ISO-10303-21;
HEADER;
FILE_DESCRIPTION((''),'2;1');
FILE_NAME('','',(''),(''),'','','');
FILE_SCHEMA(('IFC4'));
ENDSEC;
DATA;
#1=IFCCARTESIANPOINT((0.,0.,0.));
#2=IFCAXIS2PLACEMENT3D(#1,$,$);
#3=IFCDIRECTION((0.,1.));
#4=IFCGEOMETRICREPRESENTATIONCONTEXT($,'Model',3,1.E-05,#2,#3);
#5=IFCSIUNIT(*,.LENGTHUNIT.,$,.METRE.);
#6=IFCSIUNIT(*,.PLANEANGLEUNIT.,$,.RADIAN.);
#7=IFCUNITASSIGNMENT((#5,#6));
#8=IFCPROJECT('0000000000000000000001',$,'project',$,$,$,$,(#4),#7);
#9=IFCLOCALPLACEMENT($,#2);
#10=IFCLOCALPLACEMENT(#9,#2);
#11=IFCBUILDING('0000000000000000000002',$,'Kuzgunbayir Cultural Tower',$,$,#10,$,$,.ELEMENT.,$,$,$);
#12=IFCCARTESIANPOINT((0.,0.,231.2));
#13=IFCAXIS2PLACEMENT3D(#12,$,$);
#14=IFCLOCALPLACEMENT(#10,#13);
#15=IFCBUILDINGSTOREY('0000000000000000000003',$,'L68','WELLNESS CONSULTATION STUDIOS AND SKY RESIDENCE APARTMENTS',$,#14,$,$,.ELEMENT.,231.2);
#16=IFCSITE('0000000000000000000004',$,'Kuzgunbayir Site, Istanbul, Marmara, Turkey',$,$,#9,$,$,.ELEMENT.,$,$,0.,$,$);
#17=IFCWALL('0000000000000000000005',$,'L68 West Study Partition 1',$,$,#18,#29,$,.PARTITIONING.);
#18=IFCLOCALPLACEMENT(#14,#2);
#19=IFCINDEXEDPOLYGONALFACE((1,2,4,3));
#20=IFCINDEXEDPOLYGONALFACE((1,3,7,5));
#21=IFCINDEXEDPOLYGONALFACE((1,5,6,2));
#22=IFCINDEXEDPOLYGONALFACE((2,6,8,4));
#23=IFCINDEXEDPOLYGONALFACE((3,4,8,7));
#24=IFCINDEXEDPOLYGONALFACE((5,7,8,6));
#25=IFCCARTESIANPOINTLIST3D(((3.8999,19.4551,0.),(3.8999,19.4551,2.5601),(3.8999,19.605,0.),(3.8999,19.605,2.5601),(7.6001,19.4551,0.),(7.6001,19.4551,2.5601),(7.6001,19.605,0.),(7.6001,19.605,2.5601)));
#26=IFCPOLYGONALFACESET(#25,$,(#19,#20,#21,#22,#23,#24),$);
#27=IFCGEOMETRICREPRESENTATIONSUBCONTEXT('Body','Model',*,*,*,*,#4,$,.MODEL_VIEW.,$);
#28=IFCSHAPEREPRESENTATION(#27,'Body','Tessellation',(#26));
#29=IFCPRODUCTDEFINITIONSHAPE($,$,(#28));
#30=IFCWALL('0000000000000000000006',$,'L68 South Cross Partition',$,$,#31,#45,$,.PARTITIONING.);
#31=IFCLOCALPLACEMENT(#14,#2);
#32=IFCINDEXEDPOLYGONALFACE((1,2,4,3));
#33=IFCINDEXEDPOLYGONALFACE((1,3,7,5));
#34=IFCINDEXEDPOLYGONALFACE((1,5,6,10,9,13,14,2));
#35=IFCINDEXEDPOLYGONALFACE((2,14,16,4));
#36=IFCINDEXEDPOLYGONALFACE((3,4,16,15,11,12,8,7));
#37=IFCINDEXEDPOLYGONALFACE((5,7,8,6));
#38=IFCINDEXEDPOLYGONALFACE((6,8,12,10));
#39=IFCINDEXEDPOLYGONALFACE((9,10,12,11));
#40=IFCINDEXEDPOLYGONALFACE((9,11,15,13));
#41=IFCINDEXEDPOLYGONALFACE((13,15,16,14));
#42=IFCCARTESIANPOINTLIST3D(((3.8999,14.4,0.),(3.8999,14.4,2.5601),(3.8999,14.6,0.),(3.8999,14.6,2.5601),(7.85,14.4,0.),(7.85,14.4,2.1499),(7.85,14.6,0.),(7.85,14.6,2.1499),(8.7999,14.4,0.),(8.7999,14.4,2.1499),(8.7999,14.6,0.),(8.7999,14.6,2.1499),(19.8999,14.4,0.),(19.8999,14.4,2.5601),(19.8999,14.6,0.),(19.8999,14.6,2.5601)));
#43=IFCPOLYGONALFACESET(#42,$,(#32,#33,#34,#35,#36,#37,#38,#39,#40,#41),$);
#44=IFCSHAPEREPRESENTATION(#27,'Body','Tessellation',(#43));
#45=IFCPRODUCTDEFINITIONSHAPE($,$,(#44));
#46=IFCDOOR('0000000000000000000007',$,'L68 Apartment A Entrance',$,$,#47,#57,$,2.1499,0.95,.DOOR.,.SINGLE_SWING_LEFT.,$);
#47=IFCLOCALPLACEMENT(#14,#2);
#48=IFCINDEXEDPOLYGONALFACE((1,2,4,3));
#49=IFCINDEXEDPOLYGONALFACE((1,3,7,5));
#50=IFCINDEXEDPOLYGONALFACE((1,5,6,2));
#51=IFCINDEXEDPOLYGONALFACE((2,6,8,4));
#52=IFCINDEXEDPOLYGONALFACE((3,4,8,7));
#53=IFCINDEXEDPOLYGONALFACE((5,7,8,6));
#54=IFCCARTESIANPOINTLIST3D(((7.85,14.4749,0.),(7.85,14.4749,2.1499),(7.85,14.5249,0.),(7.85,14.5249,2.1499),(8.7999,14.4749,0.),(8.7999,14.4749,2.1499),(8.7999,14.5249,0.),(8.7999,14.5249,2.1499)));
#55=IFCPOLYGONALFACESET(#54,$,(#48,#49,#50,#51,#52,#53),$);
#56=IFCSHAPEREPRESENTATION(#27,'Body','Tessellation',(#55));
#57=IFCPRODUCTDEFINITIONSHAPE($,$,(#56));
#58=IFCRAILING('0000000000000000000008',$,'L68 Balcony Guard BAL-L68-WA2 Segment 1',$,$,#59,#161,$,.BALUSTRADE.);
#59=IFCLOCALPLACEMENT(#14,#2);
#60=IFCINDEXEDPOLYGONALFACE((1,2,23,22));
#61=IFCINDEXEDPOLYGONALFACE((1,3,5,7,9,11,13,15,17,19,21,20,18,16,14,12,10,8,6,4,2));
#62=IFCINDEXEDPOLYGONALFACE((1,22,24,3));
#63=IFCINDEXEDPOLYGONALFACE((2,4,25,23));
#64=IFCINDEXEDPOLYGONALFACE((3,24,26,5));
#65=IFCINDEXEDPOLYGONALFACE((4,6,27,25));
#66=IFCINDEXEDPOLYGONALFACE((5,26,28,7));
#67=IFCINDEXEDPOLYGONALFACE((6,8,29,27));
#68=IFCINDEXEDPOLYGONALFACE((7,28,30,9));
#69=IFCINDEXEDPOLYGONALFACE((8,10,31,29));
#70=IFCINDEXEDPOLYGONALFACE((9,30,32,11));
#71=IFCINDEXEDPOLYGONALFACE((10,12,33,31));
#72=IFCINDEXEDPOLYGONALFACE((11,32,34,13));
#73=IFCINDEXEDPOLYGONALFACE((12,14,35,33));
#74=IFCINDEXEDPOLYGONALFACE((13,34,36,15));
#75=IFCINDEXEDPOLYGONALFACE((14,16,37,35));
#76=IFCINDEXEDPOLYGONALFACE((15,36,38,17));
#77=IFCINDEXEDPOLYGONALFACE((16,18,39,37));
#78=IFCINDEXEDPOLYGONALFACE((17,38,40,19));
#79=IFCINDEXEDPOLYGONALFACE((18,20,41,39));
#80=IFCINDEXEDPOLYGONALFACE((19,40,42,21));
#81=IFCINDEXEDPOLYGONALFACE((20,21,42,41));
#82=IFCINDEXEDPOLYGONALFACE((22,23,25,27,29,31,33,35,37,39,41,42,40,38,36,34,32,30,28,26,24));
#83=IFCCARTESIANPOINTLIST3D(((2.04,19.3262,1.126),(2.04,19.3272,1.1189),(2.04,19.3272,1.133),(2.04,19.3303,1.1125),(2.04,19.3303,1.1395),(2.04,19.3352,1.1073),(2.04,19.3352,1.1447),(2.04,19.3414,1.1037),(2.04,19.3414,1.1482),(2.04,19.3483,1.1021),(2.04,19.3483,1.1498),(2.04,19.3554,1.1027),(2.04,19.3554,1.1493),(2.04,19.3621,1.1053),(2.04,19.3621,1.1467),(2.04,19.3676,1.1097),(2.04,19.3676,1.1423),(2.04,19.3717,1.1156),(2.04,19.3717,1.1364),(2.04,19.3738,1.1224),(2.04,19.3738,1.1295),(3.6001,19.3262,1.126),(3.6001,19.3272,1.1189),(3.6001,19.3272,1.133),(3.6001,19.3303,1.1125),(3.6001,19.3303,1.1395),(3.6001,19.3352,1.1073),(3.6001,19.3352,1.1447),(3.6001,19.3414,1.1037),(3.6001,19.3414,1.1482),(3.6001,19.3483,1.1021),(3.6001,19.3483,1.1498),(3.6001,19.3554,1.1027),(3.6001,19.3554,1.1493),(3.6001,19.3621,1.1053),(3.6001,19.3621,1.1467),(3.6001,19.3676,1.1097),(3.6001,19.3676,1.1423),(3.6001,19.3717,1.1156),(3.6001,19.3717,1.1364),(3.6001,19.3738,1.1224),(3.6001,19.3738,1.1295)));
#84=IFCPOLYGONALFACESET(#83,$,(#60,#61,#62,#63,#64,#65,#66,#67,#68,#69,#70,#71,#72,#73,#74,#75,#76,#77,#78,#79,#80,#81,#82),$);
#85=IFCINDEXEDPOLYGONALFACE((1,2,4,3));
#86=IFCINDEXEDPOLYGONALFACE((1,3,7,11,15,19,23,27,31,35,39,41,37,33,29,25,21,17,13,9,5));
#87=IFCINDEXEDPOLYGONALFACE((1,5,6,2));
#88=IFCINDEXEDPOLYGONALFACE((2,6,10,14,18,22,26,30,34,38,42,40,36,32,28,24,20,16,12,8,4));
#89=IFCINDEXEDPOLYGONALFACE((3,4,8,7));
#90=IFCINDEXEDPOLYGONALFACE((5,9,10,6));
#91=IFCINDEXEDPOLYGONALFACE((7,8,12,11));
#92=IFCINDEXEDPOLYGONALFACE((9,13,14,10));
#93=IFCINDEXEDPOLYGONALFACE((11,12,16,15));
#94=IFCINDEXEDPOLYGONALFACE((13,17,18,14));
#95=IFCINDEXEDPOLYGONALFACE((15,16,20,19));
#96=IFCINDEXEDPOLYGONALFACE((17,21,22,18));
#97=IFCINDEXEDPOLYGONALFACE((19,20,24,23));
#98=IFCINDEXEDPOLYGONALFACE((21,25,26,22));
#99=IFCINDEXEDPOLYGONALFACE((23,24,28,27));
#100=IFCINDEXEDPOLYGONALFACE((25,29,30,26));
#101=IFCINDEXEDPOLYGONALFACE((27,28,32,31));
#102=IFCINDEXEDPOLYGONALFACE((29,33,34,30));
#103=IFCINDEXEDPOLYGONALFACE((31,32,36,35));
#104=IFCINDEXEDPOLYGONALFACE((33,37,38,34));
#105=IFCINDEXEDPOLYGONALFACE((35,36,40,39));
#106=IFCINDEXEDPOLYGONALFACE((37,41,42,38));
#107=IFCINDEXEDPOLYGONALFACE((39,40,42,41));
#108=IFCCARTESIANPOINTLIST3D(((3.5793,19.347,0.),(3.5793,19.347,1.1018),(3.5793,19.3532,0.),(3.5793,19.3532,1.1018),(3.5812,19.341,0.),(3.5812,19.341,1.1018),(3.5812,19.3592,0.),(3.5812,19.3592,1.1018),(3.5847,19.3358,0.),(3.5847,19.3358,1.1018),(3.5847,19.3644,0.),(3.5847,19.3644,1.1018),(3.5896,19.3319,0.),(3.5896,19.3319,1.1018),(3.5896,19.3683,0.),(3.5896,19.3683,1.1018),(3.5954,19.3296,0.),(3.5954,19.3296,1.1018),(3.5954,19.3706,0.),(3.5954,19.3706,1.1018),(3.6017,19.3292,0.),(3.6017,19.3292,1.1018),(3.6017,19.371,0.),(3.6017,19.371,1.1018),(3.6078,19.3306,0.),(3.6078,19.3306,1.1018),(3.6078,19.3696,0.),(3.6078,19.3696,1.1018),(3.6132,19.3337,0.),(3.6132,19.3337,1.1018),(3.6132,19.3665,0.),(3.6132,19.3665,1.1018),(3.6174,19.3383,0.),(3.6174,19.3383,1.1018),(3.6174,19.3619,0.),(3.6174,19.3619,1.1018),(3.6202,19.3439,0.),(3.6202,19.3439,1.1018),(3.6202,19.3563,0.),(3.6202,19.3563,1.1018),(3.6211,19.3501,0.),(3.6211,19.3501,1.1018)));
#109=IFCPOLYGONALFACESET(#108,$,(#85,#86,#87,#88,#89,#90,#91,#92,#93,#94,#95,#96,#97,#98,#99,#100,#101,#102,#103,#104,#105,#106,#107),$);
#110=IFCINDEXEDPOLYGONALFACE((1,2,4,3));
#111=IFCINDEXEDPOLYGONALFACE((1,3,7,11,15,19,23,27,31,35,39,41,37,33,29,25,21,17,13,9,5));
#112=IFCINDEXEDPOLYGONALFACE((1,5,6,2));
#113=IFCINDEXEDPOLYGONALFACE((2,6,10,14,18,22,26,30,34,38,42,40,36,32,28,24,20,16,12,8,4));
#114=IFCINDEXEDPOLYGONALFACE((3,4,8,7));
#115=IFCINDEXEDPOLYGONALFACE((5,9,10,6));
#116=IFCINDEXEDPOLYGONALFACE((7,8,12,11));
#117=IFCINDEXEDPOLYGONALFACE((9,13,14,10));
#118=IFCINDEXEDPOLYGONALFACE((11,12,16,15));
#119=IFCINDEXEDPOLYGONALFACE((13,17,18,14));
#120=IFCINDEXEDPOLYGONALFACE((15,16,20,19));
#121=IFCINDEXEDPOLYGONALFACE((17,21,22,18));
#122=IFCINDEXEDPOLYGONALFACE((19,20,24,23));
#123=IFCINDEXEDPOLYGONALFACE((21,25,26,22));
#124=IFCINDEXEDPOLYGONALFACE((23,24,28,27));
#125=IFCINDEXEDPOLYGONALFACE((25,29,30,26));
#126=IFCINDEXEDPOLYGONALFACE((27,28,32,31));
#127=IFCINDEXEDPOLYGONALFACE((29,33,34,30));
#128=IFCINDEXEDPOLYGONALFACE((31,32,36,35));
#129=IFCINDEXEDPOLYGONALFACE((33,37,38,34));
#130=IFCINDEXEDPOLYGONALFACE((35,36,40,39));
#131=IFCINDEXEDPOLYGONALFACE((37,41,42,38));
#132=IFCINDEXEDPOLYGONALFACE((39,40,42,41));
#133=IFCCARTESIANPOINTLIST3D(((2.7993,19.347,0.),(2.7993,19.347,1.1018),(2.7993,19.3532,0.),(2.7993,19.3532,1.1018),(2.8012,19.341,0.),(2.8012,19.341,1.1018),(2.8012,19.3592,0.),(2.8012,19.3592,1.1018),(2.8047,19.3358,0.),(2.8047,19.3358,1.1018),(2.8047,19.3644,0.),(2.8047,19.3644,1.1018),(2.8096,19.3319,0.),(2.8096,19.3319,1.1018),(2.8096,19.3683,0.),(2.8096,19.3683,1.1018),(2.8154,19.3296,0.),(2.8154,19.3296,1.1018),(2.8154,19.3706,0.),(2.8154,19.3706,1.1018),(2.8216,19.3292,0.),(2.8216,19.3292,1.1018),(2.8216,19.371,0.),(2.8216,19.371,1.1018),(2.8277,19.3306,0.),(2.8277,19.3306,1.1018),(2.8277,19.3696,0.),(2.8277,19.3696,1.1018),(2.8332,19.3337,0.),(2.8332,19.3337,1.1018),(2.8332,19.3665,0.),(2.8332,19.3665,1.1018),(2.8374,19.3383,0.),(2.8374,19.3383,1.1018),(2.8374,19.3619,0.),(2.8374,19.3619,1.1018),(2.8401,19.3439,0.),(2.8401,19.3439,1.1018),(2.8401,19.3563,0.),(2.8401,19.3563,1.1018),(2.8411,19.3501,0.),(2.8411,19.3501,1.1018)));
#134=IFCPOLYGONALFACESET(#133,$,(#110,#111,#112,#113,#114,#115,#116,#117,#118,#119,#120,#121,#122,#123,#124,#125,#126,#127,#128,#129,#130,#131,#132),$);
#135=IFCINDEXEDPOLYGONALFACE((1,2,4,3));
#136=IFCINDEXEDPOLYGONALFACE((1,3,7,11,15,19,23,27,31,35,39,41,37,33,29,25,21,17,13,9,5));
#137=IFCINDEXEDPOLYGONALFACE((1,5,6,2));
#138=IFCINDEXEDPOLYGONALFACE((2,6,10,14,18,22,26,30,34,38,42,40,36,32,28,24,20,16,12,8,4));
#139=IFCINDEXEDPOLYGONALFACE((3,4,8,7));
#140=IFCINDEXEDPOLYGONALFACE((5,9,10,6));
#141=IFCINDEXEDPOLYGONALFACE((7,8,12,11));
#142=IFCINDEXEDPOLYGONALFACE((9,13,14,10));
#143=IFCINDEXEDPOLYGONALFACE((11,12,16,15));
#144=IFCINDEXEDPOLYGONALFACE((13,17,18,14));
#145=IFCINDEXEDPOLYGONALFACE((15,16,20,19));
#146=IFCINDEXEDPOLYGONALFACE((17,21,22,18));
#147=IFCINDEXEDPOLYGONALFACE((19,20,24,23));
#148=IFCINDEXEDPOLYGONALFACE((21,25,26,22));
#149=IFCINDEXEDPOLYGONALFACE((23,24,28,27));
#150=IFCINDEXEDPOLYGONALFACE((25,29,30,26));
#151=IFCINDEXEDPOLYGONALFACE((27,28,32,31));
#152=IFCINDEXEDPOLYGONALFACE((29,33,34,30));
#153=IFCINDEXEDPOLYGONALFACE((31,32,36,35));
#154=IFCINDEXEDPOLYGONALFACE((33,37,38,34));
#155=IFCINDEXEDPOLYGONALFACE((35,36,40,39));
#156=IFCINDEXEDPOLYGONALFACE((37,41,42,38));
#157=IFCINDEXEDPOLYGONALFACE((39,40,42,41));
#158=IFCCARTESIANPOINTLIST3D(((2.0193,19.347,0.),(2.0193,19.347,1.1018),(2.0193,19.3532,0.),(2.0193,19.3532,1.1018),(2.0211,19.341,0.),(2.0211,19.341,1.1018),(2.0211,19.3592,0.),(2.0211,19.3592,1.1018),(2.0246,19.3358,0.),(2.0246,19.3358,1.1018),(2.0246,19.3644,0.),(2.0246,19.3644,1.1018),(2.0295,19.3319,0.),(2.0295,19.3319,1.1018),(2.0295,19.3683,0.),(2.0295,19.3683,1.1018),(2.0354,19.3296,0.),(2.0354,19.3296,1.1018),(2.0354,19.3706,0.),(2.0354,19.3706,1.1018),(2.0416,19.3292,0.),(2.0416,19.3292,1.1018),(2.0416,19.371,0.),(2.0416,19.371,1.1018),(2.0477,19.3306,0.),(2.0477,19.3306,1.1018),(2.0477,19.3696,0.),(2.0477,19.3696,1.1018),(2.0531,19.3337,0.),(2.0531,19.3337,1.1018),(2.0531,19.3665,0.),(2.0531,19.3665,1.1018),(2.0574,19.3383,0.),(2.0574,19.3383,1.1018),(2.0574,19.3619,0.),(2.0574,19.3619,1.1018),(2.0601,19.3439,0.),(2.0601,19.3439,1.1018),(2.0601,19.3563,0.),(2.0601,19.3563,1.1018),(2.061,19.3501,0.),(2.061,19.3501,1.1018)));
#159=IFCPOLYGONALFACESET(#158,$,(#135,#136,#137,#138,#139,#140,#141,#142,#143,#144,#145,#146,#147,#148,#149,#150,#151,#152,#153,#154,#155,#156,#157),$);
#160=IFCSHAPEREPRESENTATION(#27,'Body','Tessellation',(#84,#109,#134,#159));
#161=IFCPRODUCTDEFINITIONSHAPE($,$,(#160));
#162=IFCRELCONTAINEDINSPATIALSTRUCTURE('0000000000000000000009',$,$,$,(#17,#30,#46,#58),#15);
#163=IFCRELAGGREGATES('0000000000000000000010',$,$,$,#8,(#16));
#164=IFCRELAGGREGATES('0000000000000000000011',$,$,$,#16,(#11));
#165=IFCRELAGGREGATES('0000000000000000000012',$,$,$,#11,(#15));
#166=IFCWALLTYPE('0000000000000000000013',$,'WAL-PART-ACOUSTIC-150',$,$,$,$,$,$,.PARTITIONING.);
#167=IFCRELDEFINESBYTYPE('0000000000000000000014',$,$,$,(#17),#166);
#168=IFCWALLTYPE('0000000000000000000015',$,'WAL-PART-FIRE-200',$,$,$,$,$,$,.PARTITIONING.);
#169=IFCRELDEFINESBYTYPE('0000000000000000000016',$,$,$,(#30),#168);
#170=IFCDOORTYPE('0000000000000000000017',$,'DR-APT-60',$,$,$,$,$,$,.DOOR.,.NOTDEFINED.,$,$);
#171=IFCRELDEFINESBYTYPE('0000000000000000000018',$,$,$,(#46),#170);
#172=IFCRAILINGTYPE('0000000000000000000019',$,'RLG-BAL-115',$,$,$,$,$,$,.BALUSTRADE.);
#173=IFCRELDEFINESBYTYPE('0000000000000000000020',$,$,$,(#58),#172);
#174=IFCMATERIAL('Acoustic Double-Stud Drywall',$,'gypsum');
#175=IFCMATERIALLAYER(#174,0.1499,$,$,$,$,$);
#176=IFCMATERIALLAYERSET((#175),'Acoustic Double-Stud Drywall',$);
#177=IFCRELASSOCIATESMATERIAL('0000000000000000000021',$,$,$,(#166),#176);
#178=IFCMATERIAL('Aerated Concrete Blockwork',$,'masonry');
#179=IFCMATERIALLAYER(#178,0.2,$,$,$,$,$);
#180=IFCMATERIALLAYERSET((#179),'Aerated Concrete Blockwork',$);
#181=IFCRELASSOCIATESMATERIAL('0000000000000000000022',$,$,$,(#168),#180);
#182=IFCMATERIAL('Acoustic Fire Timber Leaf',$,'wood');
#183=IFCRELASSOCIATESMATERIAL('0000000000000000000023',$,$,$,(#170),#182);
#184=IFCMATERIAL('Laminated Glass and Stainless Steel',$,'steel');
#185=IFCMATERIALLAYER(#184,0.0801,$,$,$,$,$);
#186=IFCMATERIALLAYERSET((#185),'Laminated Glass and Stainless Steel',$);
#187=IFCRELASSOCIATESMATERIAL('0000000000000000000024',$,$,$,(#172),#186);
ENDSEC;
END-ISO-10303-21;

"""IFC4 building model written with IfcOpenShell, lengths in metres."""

from ifc_helpers import new_model, si_unit, direction, frame, frame_2d, origin, origin_2d, place, context, subcontext, project, spatial, rectangle, circle, extrude, material, layer, layer_set, type_object, element, fill, save


model = new_model("IFC4")

# Units and contexts
model_context = context("Model", 3, precision=1e-05, world=origin(), true_north=direction((0.0, 1.0)))
body_context = subcontext(model_context, "Body", "Model", "MODEL_VIEW")
ifc_project = project(units=[si_unit("LENGTHUNIT", "METRE"), si_unit("PLANEANGLEUNIT", "RADIAN")], contexts=[model_context])

# Site, building, storey
site_placement = place(None, origin())
site = spatial("IfcSite", under=ifc_project, at=site_placement, Name="Kuzgunbayir Site, Istanbul, Marmara, Turkey", CompositionType="ELEMENT", RefElevation=0.0)
building_placement = place(site_placement, origin())
building = spatial("IfcBuilding", under=site, at=building_placement, Name="Kuzgunbayir Cultural Tower", CompositionType="ELEMENT")
storey_placement = place(building_placement, frame((0.0, 0.0, 231.2)))
storey = spatial("IfcBuildingStorey", under=building, at=storey_placement, Name="L68", Description="WELLNESS CONSULTATION STUDIOS AND SKY RESIDENCE APARTMENTS", CompositionType="ELEMENT", Elevation=231.2)

# Wall
ifc_material_1 = material(Name="Acoustic Double-Stud Drywall", Category="gypsum")
ifc_layer_1 = layer(ifc_material_1, 0.1499)
ifc_layer_set_1 = layer_set([ifc_layer_1], Name="Acoustic Double-Stud Drywall")
wall_type_1 = type_object("IfcWallType", Name="WAL-PART-ACOUSTIC-150", PredefinedType="PARTITIONING", material=ifc_layer_set_1)
wall_1_placement = place(storey_placement, frame((3.8999, 19.53, 0.0), z_axis=(0.0, 0.0, 1.0), x_axis=(1.0, 0.0, 0.0)))
element("IfcWall", 1, at=wall_1_placement, inside=storey, type_object=wall_type_1, Name="L68 West Study Partition 1", PredefinedType="PARTITIONING", context=body_context, shape_type="SweptSolid", body=[
    extrude(rectangle(XDim=3.7002, YDim=0.1499, at=frame_2d((1.8501, 0.0))), origin(), (0.0, 0.0, 1.0), 2.5601),
])

# Wall, opening, door
ifc_material_2 = material(Name="Aerated Concrete Blockwork", Category="masonry")
ifc_layer_2 = layer(ifc_material_2, 0.2)
ifc_layer_set_2 = layer_set([ifc_layer_2], Name="Aerated Concrete Blockwork")
wall_type_2 = type_object("IfcWallType", Name="WAL-PART-FIRE-200", PredefinedType="PARTITIONING", material=ifc_layer_set_2)
wall_2_placement = place(storey_placement, frame((3.8999, 14.5, 0.0), z_axis=(0.0, 0.0, 1.0), x_axis=(1.0, 0.0, 0.0)))
wall_2 = element("IfcWall", 2, at=wall_2_placement, inside=storey, type_object=wall_type_2, Name="L68 South Cross Partition", PredefinedType="PARTITIONING", context=body_context, shape_type="SweptSolid", body=[
    extrude(rectangle(XDim=16.0, YDim=0.2, at=frame_2d((8.0, 0.0))), origin(), (0.0, 0.0, 1.0), 2.5601),
])
opening_1_placement = place(wall_2_placement, frame((3.95, 0.0, 0.0)))
opening_1 = element("IfcOpeningElement", 3, at=opening_1_placement, cuts=wall_2, PredefinedType="OPENING", context=body_context, shape_type="SweptSolid", body=[
    extrude(rectangle(XDim=0.95, YDim=2.1499, at=frame_2d((0.4751, 1.075))), frame((0.0, 0.1099, 0.0), z_axis=(0.0, -1.0, 0.0), x_axis=(1.0, 0.0, 0.0)), (0.0, 0.0, 1.0), 0.22),
])
ifc_material_3 = material(Name="Acoustic Fire Timber Leaf", Category="wood")
door_type = type_object("IfcDoorType", Name="DR-APT-60", OperationType="NOTDEFINED", PredefinedType="DOOR", material=ifc_material_3)
door_placement = place(opening_1_placement, origin())
door = element("IfcDoor", 4, at=door_placement, inside=storey, type_object=door_type, Name="L68 Apartment A Entrance", OperationType="SINGLE_SWING_LEFT", OverallHeight=2.1499, OverallWidth=0.95, PredefinedType="DOOR", context=body_context, shape_type="SweptSolid", body=[
    extrude(rectangle(XDim=0.95, YDim=2.1499, at=frame_2d((0.4751, 1.075))), frame((0.0, 0.0249, 0.0), z_axis=(0.0, -1.0, 0.0), x_axis=(1.0, 0.0, 0.0)), (0.0, 0.0, 1.0), 0.05),
])
fill(opening_1, door)

# Railing
ifc_material_4 = material(Name="Laminated Glass and Stainless Steel", Category="steel")
ifc_layer_3 = layer(ifc_material_4, 0.0801)
ifc_layer_set_3 = layer_set([ifc_layer_3], Name="Laminated Glass and Stainless Steel")
railing_type = type_object("IfcRailingType", Name="RLG-BAL-115", PredefinedType="BALUSTRADE", material=ifc_layer_set_3)
railing_1_placement = place(storey_placement, frame((3.6001, 19.3501, 0.0)))
element("IfcRailing", 5, at=railing_1_placement, inside=storey, type_object=railing_type, Name="L68 Balcony Guard BAL-L68-WA2 Segment 1", PredefinedType="BALUSTRADE", context=body_context, shape_type="SweptSolid", body=[
    extrude(circle(Radius=0.0239, at=origin_2d()), frame((0.0, 0.0, 1.126), z_axis=(-1.0, 0.0, 0.0), x_axis=(0.0, -1.0, 0.0)), (0.0, 0.0, 1.0), 1.5601),
    extrude(circle(Radius=0.021, at=origin_2d()), origin(), (0.0, 0.0, 1.0), 1.1018),
    extrude(circle(Radius=0.021, at=origin_2d()), frame((-0.78, 0.0, 0.0)), (0.0, 0.0, 1.0), 1.1018),
    extrude(circle(Radius=0.021, at=origin_2d()), frame((-1.5601, 0.0, 0.0)), (0.0, 0.0, 1.0), 1.1018),
])

save(model, "model.ifc")
